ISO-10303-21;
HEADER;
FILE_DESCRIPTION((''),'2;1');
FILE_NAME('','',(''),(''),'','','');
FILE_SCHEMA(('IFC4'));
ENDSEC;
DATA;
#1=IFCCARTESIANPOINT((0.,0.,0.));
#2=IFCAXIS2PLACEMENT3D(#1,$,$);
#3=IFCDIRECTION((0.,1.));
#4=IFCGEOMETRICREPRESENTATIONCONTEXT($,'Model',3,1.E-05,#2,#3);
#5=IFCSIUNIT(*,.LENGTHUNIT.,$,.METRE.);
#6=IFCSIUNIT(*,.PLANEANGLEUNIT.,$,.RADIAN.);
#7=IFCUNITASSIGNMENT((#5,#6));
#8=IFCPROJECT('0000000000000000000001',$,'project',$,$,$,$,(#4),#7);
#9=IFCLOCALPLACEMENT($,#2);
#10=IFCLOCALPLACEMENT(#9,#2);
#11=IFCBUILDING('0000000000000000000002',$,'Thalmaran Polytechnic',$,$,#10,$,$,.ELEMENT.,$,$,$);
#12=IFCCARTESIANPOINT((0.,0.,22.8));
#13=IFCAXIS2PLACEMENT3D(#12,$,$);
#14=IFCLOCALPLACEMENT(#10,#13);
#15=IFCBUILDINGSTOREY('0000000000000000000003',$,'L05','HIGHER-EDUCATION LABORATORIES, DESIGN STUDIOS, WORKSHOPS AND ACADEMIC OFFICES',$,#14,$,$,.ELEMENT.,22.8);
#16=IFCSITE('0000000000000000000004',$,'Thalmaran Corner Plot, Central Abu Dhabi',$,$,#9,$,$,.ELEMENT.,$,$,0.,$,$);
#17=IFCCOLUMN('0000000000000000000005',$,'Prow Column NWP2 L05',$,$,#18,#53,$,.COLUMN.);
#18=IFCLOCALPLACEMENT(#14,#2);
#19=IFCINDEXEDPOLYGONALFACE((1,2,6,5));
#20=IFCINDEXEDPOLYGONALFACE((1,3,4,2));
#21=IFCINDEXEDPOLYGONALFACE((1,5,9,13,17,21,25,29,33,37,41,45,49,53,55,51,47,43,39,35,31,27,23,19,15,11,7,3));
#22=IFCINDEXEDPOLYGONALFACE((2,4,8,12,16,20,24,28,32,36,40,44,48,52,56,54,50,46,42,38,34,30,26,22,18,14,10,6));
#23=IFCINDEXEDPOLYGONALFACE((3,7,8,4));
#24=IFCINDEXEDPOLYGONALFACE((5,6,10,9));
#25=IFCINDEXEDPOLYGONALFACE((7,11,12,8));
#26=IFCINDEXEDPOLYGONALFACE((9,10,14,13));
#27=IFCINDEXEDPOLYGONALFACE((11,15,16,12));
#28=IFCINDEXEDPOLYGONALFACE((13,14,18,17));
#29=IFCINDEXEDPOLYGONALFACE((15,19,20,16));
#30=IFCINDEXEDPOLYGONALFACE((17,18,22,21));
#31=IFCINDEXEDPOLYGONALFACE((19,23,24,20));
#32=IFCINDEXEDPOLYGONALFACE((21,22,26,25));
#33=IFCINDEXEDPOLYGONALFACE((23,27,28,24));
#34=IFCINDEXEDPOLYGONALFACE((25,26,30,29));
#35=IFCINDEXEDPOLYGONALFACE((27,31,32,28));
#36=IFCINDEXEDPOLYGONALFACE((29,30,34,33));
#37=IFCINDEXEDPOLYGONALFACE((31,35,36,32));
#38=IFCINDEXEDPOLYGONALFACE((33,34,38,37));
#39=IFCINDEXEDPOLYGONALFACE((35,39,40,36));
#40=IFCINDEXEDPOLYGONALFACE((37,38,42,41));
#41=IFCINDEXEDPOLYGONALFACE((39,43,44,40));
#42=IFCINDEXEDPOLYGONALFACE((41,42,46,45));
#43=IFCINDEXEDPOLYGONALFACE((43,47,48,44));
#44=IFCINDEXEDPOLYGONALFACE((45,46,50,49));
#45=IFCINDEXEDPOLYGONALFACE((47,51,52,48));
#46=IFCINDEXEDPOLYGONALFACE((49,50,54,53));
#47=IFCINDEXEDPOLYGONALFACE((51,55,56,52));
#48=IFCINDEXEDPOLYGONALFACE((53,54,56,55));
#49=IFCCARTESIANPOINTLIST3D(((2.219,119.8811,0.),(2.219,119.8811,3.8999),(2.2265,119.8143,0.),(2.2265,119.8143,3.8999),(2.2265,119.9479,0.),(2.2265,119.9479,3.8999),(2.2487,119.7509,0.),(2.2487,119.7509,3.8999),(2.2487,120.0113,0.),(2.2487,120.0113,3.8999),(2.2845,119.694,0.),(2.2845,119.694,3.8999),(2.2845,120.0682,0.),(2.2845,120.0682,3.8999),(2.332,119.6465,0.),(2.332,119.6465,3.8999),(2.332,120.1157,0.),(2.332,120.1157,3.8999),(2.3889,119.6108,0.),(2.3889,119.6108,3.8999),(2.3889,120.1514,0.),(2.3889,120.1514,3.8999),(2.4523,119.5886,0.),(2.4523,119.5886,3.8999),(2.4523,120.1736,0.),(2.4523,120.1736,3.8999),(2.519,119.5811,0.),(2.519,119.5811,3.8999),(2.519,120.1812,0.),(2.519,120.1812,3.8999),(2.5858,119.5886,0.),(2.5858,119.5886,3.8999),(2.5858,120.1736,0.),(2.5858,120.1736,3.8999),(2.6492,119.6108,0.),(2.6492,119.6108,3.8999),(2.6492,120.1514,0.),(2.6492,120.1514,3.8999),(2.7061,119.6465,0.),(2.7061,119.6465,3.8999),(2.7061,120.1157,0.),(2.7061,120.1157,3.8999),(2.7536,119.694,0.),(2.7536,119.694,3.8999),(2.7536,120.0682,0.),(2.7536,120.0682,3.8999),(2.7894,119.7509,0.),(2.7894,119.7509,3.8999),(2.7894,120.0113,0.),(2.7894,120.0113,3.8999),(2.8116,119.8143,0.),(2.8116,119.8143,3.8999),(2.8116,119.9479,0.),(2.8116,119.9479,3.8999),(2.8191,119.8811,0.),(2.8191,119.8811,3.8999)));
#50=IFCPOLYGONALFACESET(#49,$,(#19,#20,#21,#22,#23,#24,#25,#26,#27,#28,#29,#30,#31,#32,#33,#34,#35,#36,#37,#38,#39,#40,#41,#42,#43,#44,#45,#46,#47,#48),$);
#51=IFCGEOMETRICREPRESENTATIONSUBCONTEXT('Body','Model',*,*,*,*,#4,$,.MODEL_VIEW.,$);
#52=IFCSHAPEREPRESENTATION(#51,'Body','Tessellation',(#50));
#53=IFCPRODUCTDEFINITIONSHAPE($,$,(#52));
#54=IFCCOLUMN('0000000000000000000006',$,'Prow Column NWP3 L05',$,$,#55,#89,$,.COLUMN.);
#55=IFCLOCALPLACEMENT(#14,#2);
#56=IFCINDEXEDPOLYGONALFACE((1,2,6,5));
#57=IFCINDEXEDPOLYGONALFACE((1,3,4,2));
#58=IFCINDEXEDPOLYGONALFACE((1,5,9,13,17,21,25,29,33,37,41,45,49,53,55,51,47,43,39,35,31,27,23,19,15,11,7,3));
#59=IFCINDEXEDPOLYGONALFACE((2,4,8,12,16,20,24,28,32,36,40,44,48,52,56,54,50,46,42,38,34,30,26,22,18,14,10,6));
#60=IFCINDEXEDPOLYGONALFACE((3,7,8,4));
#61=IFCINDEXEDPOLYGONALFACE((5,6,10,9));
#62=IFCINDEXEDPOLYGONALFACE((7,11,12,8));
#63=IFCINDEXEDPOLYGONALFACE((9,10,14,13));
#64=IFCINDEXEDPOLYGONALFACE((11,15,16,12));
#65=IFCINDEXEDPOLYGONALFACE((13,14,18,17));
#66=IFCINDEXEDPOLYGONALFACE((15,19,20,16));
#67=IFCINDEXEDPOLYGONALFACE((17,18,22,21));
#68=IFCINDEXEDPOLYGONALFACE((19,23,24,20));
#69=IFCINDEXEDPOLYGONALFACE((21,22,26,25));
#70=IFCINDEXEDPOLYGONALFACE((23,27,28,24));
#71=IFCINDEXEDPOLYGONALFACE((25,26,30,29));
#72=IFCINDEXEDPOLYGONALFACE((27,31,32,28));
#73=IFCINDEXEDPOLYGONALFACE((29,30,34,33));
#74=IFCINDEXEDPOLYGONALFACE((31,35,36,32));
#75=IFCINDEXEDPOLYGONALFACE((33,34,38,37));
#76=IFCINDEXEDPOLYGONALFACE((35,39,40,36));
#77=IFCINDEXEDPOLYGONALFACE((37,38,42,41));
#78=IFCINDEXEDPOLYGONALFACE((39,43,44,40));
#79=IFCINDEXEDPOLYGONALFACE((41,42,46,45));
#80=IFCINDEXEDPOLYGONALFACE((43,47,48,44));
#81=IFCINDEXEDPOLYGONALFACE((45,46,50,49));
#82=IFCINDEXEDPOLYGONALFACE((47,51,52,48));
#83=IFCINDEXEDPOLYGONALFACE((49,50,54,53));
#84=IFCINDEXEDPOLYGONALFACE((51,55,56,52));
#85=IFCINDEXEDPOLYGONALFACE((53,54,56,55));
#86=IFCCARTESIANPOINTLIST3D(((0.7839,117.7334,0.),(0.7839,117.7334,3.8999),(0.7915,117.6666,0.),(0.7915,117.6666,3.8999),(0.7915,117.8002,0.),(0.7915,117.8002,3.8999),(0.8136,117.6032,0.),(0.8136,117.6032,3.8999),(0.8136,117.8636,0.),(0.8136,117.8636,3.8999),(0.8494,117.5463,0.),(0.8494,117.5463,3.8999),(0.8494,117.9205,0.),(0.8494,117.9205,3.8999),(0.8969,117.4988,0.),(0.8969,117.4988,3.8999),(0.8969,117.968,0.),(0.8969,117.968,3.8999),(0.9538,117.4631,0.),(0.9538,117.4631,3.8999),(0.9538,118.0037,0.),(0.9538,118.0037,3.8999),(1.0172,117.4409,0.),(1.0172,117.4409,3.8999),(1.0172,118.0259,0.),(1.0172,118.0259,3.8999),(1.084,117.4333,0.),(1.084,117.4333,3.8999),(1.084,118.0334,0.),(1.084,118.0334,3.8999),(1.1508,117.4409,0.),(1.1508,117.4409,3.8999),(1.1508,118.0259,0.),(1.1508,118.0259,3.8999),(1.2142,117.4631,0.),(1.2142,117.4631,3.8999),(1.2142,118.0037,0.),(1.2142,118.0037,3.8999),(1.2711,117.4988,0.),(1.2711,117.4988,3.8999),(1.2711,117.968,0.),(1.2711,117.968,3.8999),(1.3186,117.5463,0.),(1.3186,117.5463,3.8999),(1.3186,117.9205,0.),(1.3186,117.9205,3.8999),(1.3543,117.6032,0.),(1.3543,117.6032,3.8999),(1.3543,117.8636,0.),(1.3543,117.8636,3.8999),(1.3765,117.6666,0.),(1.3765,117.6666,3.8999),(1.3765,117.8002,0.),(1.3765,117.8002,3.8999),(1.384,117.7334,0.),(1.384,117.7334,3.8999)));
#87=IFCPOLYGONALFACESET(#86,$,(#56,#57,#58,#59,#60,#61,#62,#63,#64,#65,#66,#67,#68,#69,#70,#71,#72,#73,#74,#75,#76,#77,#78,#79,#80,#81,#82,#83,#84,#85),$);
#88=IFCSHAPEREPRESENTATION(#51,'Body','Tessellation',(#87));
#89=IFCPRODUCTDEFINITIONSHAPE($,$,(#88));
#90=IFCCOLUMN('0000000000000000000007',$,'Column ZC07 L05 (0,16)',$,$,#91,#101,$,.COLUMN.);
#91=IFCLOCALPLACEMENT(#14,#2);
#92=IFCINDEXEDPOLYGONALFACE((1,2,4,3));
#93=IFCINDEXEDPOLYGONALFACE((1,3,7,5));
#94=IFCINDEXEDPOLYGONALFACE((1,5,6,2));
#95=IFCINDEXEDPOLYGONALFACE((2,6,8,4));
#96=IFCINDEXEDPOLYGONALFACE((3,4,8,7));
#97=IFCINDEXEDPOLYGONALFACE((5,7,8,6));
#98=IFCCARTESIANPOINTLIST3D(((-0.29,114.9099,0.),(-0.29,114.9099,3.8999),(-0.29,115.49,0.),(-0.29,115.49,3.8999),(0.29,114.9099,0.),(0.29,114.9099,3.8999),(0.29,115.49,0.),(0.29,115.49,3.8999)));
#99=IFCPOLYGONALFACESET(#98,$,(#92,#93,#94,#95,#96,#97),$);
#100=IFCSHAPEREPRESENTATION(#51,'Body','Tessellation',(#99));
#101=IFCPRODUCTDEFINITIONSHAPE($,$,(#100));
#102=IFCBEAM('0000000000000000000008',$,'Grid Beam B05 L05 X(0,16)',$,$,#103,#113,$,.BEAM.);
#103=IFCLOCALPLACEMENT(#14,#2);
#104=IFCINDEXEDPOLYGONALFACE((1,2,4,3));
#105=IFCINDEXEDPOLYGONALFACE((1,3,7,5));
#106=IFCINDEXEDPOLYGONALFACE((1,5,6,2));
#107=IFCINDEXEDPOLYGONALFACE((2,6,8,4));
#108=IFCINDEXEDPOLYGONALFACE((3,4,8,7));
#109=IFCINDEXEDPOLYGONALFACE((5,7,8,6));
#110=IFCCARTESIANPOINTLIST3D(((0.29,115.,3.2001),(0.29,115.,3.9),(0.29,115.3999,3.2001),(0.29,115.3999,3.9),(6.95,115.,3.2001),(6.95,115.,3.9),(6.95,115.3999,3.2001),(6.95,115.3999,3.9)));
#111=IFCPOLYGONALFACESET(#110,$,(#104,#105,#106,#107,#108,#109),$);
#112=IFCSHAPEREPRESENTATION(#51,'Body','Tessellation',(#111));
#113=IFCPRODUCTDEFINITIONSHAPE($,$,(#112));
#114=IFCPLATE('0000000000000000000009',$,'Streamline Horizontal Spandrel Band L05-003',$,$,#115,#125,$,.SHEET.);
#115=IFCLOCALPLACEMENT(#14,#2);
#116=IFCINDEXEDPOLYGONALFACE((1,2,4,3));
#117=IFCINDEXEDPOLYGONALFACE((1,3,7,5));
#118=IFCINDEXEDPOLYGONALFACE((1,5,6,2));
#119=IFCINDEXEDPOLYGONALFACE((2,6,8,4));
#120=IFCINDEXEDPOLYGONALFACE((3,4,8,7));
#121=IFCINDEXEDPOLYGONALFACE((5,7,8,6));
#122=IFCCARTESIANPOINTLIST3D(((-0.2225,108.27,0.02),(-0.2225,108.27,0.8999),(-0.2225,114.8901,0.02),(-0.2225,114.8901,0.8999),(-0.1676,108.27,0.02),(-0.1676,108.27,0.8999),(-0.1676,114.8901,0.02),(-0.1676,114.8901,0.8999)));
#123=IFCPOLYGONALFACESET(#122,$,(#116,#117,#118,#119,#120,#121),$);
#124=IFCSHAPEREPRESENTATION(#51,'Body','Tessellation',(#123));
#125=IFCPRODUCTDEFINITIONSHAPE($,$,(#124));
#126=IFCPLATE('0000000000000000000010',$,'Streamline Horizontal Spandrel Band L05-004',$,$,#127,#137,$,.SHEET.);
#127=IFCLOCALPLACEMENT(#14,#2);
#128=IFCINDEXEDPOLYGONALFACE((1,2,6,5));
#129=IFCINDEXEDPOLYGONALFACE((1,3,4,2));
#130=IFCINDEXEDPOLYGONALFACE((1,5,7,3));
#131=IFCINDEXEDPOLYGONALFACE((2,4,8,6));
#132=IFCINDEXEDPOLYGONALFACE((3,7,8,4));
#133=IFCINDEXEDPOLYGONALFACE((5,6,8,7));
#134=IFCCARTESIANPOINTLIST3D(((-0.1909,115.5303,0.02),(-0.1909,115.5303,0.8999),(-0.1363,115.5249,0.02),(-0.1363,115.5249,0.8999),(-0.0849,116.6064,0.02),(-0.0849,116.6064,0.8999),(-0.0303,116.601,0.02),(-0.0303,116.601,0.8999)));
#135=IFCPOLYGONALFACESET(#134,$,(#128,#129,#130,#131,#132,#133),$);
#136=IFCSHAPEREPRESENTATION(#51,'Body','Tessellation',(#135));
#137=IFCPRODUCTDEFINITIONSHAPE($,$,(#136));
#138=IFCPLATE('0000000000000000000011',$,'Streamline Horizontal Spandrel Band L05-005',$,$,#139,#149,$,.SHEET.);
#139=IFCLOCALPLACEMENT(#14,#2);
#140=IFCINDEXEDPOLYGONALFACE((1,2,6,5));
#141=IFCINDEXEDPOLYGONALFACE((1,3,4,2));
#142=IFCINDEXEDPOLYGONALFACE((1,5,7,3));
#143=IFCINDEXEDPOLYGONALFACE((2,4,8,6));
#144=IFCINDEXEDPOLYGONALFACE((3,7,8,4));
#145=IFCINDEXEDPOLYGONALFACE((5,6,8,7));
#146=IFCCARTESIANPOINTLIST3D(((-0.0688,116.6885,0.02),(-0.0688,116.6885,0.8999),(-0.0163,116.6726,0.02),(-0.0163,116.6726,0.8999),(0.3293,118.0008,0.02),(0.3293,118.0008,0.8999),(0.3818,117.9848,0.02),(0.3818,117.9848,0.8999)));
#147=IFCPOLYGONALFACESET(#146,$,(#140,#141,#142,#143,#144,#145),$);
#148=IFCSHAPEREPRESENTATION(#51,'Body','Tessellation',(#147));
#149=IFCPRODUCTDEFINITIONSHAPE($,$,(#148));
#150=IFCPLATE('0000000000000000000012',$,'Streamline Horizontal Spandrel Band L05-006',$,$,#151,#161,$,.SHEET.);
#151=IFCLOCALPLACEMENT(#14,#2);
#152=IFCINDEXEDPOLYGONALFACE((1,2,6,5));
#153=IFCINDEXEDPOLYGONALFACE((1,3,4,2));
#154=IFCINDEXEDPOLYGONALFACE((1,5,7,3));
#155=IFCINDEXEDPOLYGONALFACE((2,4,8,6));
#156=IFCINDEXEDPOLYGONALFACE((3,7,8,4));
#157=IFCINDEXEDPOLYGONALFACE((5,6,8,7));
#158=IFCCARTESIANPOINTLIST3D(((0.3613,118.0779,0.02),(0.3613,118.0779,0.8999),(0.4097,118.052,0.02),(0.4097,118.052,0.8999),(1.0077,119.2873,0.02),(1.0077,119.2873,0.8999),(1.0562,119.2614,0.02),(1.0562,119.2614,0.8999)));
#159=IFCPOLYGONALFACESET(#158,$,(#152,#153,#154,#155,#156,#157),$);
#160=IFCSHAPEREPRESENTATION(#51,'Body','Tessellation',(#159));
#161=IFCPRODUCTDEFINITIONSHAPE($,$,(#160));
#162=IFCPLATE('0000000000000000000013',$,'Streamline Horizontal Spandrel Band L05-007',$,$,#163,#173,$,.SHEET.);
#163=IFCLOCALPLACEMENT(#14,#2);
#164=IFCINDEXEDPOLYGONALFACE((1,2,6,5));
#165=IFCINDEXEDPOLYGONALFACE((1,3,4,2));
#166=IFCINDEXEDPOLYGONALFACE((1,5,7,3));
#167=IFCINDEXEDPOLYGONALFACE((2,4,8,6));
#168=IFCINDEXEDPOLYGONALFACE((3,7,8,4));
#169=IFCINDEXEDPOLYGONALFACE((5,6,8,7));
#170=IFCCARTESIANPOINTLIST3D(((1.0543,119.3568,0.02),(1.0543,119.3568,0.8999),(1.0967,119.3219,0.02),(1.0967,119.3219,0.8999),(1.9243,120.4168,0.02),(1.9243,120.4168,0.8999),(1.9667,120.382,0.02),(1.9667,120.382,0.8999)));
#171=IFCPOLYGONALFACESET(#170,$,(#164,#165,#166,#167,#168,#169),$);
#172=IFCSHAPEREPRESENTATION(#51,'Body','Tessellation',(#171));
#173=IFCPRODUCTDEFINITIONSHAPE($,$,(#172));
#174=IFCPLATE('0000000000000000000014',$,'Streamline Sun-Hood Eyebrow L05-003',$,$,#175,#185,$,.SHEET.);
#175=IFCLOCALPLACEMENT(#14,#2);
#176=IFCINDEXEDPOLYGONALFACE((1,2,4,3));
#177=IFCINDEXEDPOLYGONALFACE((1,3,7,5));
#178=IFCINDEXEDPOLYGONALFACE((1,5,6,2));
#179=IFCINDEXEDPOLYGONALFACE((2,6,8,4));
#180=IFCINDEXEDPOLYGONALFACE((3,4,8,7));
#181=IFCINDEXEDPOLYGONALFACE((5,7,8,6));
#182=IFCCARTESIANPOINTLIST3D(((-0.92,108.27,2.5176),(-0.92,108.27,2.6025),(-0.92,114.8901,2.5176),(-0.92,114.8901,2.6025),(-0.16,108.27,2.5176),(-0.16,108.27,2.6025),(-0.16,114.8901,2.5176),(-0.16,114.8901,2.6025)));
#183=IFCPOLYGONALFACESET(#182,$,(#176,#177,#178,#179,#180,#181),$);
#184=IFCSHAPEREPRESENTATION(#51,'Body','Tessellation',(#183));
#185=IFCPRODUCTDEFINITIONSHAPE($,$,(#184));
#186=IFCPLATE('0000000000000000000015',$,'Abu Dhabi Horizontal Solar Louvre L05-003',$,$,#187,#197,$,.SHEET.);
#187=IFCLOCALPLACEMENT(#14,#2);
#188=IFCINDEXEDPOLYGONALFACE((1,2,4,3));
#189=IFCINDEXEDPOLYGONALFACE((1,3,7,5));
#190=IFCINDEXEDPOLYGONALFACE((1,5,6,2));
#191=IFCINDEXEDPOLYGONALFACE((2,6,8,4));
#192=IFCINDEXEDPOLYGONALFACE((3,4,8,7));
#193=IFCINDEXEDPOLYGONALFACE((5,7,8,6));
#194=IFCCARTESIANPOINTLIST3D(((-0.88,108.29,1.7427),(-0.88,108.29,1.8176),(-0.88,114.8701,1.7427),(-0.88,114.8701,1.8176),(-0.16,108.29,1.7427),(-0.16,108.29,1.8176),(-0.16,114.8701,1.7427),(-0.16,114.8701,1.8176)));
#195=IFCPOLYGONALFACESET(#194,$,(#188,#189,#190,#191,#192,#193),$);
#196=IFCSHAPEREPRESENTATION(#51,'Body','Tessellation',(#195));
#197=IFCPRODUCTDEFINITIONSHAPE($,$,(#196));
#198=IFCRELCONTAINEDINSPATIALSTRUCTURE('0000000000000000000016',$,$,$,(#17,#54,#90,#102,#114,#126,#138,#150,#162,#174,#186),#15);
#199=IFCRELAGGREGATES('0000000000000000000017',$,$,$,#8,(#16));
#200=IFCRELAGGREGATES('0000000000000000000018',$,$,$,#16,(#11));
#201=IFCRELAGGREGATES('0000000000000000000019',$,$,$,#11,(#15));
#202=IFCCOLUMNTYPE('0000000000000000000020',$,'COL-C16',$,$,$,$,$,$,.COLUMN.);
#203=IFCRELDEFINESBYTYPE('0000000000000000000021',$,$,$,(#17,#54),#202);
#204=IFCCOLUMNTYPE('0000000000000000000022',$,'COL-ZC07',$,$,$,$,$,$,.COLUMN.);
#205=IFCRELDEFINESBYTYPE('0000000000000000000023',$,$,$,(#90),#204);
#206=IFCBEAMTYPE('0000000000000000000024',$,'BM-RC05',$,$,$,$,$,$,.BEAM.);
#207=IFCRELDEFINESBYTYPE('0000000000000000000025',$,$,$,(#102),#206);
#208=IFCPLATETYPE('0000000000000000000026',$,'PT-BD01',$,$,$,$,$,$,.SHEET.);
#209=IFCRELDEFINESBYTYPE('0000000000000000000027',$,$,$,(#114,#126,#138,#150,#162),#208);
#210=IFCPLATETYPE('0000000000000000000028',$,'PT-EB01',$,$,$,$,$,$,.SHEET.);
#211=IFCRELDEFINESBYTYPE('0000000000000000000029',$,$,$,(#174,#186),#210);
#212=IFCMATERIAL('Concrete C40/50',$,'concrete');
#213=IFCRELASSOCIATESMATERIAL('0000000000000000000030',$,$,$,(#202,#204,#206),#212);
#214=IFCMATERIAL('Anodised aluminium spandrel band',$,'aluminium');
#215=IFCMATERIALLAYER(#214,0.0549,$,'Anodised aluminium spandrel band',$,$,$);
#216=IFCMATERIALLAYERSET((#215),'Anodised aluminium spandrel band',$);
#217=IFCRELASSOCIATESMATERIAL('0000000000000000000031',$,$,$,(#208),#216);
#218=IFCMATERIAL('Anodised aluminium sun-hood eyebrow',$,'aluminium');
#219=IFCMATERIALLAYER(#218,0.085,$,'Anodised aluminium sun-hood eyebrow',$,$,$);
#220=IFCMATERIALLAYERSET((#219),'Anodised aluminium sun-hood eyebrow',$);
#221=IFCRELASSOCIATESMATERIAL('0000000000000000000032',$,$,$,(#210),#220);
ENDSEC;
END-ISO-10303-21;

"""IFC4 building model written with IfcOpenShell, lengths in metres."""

from ifc_helpers import new_model, si_unit, direction, frame, origin, origin_2d, place, context, subcontext, project, spatial, rectangle, circle, extrude, material, layer, layer_set, material_profile, profile_set, type_object, element, save


model = new_model("IFC4")

# Units and contexts
model_context = context("Model", 3, precision=1e-05, world=origin(), true_north=direction((0.0, 1.0)))
body_context = subcontext(model_context, "Body", "Model", "MODEL_VIEW")
ifc_project = project(units=[si_unit("LENGTHUNIT", "METRE"), si_unit("PLANEANGLEUNIT", "RADIAN")], contexts=[model_context])

# Site, building, storey
site_placement = place(None, origin())
site = spatial("IfcSite", under=ifc_project, at=site_placement, Name="Thalmaran Corner Plot, Central Abu Dhabi", CompositionType="ELEMENT", RefElevation=0.0)
building_placement = place(site_placement, origin())
building = spatial("IfcBuilding", under=site, at=building_placement, Name="Thalmaran Polytechnic", CompositionType="ELEMENT")
storey_placement = place(building_placement, frame((0.0, 0.0, 22.8)))
storey = spatial("IfcBuildingStorey", under=building, at=storey_placement, Name="L05", Description="HIGHER-EDUCATION LABORATORIES, DESIGN STUDIOS, WORKSHOPS AND ACADEMIC OFFICES", CompositionType="ELEMENT", Elevation=22.8)

# Columns
ifc_material_1 = material(Name="Concrete C40/50", Category="concrete")
ifc_material_profile_1 = material_profile(ifc_material_1, circle(Radius=0.3, at=origin_2d()), Name="RC 600 DIA")
ifc_profile_set_1 = profile_set([ifc_material_profile_1], Name="Concrete C40/50")
column_type_1 = type_object("IfcColumnType", Name="COL-C16", PredefinedType="COLUMN", material=ifc_profile_set_1)
for number, where, z_axis, x_axis, name in (
    (1, (2.519, 119.8811, 0.0), (0.0, 0.0, 1.0), (1.0, 0.0, 0.0), "Prow Column NWP2 L05"),
    (2, (1.084, 117.7334, 0.0), (0.0, 0.0, 1.0), (1.0, 0.0, 0.0), "Prow Column NWP3 L05"),
):
    element("IfcColumn", number, at=place(storey_placement, frame(where, z_axis=z_axis, x_axis=x_axis)), inside=storey, type_object=column_type_1, Name=name, PredefinedType="COLUMN", context=body_context, shape_type="SweptSolid", body=[
        extrude(circle(Radius=0.3, at=origin_2d()), origin(), (0.0, 0.0, 1.0), 3.8999),
    ])
ifc_material_profile_2 = material_profile(ifc_material_1, rectangle(XDim=0.5801, YDim=0.5801, at=origin_2d()), Name="RC 580x580")
ifc_profile_set_2 = profile_set([ifc_material_profile_2], Name="Concrete C40/50")
column_type_2 = type_object("IfcColumnType", Name="COL-ZC07", PredefinedType="COLUMN", material=ifc_profile_set_2)
column_placement = place(storey_placement, frame((0.0, 115.2, 0.0), z_axis=(0.0, 0.0, 1.0), x_axis=(1.0, 0.0, 0.0)))
element("IfcColumn", 3, at=column_placement, inside=storey, type_object=column_type_2, Name="Column ZC07 L05 (0,16)", PredefinedType="COLUMN", context=body_context, shape_type="SweptSolid", body=[
    extrude(rectangle(XDim=0.5801, YDim=0.5801, at=origin_2d()), origin(), (0.0, 0.0, 1.0), 3.8999),
])

# Beam
ifc_material_profile_3 = material_profile(ifc_material_1, rectangle(XDim=0.3999, YDim=0.7, at=origin_2d()), Name="RC 400x700")
ifc_profile_set_3 = profile_set([ifc_material_profile_3], Name="Concrete C40/50")
beam_type = type_object("IfcBeamType", Name="BM-RC05", PredefinedType="BEAM", material=ifc_profile_set_3)
beam_placement = place(storey_placement, frame((0.29, 115.2, 3.55), z_axis=(1.0, 0.0, 0.0), x_axis=(0.0, 1.0, 0.0)))
element("IfcBeam", 4, at=beam_placement, inside=storey, type_object=beam_type, Name="Grid Beam B05 L05 X(0,16)", PredefinedType="BEAM", context=body_context, shape_type="SweptSolid", body=[
    extrude(rectangle(XDim=0.3999, YDim=0.7, at=origin_2d()), origin(), (0.0, 0.0, 1.0), 6.6599),
])

# Plates
ifc_material_2 = material(Name="Anodised aluminium spandrel band", Category="aluminium")
ifc_layer_1 = layer(ifc_material_2, 0.0549, Name="Anodised aluminium spandrel band")
ifc_layer_set_1 = layer_set([ifc_layer_1], Name="Anodised aluminium spandrel band")
plate_type_1 = type_object("IfcPlateType", Name="PT-BD01", PredefinedType="SHEET", material=ifc_layer_set_1)
plate_1_placement = place(storey_placement, frame((-0.1951, 111.5801, 0.02), z_axis=(0.0, 0.0, 1.0), x_axis=(0.0, 1.0, 0.0)))
element("IfcPlate", 5, at=plate_1_placement, inside=storey, type_object=plate_type_1, Name="Streamline Horizontal Spandrel Band L05-003", PredefinedType="SHEET", context=body_context, shape_type="SweptSolid", body=[
    extrude(rectangle(XDim=6.6201, YDim=0.0549, at=origin_2d()), origin(), (0.0, 0.0, 1.0), 0.8799),
])
plate_2_placement = place(storey_placement, frame((-0.1106, 116.0657, 0.02), z_axis=(0.0, 0.0, 1.0), x_axis=(0.098017, 0.995185, 0.0)))
element("IfcPlate", 6, at=plate_2_placement, inside=storey, type_object=plate_type_1, Name="Streamline Horizontal Spandrel Band L05-004", PredefinedType="SHEET", context=body_context, shape_type="SweptSolid", body=[
    extrude(rectangle(XDim=1.0813, YDim=0.0549, at=origin_2d()), origin(), (0.0, 0.0, 1.0), 0.8799),
])
for number, where, z_axis, x_axis, name in (
    (7, (0.1565, 117.3367, 0.02), (0.0, 0.0, 1.0), (0.290285, 0.95694, 0.0), "Streamline Horizontal Spandrel Band L05-005"),
    (8, (0.7087, 118.6697, 0.02), (0.0, 0.0, 1.0), (0.471397, 0.881921, 0.0), "Streamline Horizontal Spandrel Band L05-006"),
    (9, (1.5105, 119.8694, 0.02), (0.0, 0.0, 1.0), (0.634393, 0.77301, 0.0), "Streamline Horizontal Spandrel Band L05-007"),
):
    element("IfcPlate", number, at=place(storey_placement, frame(where, z_axis=z_axis, x_axis=x_axis)), inside=storey, type_object=plate_type_1, Name=name, PredefinedType="SHEET", context=body_context, shape_type="SweptSolid", body=[
        extrude(rectangle(XDim=1.3713, YDim=0.0549, at=origin_2d()), origin(), (0.0, 0.0, 1.0), 0.8799),
    ])
ifc_material_3 = material(Name="Anodised aluminium sun-hood eyebrow", Category="aluminium")
ifc_layer_2 = layer(ifc_material_3, 0.085, Name="Anodised aluminium sun-hood eyebrow")
ifc_layer_set_2 = layer_set([ifc_layer_2], Name="Anodised aluminium sun-hood eyebrow")
plate_type_2 = type_object("IfcPlateType", Name="PT-EB01", PredefinedType="SHEET", material=ifc_layer_set_2)
plate_3_placement = place(storey_placement, frame((-0.54, 111.5801, 2.5176), z_axis=(0.0, 0.0, 1.0), x_axis=(0.0, 1.0, 0.0)))
element("IfcPlate", 10, at=plate_3_placement, inside=storey, type_object=plate_type_2, Name="Streamline Sun-Hood Eyebrow L05-003", PredefinedType="SHEET", context=body_context, shape_type="SweptSolid", body=[
    extrude(rectangle(XDim=6.6201, YDim=0.76, at=origin_2d()), origin(), (0.0, 0.0, 1.0), 0.085),
])
plate_4_placement = place(storey_placement, frame((-0.52, 111.5801, 1.7427), z_axis=(0.0, 0.0, 1.0), x_axis=(0.0, 1.0, 0.0)))
element("IfcPlate", 11, at=plate_4_placement, inside=storey, type_object=plate_type_2, Name="Abu Dhabi Horizontal Solar Louvre L05-003", PredefinedType="SHEET", context=body_context, shape_type="SweptSolid", body=[
    extrude(rectangle(XDim=6.5801, YDim=0.72, at=origin_2d()), origin(), (0.0, 0.0, 1.0), 0.075),
])

save(model, "model.ifc")
